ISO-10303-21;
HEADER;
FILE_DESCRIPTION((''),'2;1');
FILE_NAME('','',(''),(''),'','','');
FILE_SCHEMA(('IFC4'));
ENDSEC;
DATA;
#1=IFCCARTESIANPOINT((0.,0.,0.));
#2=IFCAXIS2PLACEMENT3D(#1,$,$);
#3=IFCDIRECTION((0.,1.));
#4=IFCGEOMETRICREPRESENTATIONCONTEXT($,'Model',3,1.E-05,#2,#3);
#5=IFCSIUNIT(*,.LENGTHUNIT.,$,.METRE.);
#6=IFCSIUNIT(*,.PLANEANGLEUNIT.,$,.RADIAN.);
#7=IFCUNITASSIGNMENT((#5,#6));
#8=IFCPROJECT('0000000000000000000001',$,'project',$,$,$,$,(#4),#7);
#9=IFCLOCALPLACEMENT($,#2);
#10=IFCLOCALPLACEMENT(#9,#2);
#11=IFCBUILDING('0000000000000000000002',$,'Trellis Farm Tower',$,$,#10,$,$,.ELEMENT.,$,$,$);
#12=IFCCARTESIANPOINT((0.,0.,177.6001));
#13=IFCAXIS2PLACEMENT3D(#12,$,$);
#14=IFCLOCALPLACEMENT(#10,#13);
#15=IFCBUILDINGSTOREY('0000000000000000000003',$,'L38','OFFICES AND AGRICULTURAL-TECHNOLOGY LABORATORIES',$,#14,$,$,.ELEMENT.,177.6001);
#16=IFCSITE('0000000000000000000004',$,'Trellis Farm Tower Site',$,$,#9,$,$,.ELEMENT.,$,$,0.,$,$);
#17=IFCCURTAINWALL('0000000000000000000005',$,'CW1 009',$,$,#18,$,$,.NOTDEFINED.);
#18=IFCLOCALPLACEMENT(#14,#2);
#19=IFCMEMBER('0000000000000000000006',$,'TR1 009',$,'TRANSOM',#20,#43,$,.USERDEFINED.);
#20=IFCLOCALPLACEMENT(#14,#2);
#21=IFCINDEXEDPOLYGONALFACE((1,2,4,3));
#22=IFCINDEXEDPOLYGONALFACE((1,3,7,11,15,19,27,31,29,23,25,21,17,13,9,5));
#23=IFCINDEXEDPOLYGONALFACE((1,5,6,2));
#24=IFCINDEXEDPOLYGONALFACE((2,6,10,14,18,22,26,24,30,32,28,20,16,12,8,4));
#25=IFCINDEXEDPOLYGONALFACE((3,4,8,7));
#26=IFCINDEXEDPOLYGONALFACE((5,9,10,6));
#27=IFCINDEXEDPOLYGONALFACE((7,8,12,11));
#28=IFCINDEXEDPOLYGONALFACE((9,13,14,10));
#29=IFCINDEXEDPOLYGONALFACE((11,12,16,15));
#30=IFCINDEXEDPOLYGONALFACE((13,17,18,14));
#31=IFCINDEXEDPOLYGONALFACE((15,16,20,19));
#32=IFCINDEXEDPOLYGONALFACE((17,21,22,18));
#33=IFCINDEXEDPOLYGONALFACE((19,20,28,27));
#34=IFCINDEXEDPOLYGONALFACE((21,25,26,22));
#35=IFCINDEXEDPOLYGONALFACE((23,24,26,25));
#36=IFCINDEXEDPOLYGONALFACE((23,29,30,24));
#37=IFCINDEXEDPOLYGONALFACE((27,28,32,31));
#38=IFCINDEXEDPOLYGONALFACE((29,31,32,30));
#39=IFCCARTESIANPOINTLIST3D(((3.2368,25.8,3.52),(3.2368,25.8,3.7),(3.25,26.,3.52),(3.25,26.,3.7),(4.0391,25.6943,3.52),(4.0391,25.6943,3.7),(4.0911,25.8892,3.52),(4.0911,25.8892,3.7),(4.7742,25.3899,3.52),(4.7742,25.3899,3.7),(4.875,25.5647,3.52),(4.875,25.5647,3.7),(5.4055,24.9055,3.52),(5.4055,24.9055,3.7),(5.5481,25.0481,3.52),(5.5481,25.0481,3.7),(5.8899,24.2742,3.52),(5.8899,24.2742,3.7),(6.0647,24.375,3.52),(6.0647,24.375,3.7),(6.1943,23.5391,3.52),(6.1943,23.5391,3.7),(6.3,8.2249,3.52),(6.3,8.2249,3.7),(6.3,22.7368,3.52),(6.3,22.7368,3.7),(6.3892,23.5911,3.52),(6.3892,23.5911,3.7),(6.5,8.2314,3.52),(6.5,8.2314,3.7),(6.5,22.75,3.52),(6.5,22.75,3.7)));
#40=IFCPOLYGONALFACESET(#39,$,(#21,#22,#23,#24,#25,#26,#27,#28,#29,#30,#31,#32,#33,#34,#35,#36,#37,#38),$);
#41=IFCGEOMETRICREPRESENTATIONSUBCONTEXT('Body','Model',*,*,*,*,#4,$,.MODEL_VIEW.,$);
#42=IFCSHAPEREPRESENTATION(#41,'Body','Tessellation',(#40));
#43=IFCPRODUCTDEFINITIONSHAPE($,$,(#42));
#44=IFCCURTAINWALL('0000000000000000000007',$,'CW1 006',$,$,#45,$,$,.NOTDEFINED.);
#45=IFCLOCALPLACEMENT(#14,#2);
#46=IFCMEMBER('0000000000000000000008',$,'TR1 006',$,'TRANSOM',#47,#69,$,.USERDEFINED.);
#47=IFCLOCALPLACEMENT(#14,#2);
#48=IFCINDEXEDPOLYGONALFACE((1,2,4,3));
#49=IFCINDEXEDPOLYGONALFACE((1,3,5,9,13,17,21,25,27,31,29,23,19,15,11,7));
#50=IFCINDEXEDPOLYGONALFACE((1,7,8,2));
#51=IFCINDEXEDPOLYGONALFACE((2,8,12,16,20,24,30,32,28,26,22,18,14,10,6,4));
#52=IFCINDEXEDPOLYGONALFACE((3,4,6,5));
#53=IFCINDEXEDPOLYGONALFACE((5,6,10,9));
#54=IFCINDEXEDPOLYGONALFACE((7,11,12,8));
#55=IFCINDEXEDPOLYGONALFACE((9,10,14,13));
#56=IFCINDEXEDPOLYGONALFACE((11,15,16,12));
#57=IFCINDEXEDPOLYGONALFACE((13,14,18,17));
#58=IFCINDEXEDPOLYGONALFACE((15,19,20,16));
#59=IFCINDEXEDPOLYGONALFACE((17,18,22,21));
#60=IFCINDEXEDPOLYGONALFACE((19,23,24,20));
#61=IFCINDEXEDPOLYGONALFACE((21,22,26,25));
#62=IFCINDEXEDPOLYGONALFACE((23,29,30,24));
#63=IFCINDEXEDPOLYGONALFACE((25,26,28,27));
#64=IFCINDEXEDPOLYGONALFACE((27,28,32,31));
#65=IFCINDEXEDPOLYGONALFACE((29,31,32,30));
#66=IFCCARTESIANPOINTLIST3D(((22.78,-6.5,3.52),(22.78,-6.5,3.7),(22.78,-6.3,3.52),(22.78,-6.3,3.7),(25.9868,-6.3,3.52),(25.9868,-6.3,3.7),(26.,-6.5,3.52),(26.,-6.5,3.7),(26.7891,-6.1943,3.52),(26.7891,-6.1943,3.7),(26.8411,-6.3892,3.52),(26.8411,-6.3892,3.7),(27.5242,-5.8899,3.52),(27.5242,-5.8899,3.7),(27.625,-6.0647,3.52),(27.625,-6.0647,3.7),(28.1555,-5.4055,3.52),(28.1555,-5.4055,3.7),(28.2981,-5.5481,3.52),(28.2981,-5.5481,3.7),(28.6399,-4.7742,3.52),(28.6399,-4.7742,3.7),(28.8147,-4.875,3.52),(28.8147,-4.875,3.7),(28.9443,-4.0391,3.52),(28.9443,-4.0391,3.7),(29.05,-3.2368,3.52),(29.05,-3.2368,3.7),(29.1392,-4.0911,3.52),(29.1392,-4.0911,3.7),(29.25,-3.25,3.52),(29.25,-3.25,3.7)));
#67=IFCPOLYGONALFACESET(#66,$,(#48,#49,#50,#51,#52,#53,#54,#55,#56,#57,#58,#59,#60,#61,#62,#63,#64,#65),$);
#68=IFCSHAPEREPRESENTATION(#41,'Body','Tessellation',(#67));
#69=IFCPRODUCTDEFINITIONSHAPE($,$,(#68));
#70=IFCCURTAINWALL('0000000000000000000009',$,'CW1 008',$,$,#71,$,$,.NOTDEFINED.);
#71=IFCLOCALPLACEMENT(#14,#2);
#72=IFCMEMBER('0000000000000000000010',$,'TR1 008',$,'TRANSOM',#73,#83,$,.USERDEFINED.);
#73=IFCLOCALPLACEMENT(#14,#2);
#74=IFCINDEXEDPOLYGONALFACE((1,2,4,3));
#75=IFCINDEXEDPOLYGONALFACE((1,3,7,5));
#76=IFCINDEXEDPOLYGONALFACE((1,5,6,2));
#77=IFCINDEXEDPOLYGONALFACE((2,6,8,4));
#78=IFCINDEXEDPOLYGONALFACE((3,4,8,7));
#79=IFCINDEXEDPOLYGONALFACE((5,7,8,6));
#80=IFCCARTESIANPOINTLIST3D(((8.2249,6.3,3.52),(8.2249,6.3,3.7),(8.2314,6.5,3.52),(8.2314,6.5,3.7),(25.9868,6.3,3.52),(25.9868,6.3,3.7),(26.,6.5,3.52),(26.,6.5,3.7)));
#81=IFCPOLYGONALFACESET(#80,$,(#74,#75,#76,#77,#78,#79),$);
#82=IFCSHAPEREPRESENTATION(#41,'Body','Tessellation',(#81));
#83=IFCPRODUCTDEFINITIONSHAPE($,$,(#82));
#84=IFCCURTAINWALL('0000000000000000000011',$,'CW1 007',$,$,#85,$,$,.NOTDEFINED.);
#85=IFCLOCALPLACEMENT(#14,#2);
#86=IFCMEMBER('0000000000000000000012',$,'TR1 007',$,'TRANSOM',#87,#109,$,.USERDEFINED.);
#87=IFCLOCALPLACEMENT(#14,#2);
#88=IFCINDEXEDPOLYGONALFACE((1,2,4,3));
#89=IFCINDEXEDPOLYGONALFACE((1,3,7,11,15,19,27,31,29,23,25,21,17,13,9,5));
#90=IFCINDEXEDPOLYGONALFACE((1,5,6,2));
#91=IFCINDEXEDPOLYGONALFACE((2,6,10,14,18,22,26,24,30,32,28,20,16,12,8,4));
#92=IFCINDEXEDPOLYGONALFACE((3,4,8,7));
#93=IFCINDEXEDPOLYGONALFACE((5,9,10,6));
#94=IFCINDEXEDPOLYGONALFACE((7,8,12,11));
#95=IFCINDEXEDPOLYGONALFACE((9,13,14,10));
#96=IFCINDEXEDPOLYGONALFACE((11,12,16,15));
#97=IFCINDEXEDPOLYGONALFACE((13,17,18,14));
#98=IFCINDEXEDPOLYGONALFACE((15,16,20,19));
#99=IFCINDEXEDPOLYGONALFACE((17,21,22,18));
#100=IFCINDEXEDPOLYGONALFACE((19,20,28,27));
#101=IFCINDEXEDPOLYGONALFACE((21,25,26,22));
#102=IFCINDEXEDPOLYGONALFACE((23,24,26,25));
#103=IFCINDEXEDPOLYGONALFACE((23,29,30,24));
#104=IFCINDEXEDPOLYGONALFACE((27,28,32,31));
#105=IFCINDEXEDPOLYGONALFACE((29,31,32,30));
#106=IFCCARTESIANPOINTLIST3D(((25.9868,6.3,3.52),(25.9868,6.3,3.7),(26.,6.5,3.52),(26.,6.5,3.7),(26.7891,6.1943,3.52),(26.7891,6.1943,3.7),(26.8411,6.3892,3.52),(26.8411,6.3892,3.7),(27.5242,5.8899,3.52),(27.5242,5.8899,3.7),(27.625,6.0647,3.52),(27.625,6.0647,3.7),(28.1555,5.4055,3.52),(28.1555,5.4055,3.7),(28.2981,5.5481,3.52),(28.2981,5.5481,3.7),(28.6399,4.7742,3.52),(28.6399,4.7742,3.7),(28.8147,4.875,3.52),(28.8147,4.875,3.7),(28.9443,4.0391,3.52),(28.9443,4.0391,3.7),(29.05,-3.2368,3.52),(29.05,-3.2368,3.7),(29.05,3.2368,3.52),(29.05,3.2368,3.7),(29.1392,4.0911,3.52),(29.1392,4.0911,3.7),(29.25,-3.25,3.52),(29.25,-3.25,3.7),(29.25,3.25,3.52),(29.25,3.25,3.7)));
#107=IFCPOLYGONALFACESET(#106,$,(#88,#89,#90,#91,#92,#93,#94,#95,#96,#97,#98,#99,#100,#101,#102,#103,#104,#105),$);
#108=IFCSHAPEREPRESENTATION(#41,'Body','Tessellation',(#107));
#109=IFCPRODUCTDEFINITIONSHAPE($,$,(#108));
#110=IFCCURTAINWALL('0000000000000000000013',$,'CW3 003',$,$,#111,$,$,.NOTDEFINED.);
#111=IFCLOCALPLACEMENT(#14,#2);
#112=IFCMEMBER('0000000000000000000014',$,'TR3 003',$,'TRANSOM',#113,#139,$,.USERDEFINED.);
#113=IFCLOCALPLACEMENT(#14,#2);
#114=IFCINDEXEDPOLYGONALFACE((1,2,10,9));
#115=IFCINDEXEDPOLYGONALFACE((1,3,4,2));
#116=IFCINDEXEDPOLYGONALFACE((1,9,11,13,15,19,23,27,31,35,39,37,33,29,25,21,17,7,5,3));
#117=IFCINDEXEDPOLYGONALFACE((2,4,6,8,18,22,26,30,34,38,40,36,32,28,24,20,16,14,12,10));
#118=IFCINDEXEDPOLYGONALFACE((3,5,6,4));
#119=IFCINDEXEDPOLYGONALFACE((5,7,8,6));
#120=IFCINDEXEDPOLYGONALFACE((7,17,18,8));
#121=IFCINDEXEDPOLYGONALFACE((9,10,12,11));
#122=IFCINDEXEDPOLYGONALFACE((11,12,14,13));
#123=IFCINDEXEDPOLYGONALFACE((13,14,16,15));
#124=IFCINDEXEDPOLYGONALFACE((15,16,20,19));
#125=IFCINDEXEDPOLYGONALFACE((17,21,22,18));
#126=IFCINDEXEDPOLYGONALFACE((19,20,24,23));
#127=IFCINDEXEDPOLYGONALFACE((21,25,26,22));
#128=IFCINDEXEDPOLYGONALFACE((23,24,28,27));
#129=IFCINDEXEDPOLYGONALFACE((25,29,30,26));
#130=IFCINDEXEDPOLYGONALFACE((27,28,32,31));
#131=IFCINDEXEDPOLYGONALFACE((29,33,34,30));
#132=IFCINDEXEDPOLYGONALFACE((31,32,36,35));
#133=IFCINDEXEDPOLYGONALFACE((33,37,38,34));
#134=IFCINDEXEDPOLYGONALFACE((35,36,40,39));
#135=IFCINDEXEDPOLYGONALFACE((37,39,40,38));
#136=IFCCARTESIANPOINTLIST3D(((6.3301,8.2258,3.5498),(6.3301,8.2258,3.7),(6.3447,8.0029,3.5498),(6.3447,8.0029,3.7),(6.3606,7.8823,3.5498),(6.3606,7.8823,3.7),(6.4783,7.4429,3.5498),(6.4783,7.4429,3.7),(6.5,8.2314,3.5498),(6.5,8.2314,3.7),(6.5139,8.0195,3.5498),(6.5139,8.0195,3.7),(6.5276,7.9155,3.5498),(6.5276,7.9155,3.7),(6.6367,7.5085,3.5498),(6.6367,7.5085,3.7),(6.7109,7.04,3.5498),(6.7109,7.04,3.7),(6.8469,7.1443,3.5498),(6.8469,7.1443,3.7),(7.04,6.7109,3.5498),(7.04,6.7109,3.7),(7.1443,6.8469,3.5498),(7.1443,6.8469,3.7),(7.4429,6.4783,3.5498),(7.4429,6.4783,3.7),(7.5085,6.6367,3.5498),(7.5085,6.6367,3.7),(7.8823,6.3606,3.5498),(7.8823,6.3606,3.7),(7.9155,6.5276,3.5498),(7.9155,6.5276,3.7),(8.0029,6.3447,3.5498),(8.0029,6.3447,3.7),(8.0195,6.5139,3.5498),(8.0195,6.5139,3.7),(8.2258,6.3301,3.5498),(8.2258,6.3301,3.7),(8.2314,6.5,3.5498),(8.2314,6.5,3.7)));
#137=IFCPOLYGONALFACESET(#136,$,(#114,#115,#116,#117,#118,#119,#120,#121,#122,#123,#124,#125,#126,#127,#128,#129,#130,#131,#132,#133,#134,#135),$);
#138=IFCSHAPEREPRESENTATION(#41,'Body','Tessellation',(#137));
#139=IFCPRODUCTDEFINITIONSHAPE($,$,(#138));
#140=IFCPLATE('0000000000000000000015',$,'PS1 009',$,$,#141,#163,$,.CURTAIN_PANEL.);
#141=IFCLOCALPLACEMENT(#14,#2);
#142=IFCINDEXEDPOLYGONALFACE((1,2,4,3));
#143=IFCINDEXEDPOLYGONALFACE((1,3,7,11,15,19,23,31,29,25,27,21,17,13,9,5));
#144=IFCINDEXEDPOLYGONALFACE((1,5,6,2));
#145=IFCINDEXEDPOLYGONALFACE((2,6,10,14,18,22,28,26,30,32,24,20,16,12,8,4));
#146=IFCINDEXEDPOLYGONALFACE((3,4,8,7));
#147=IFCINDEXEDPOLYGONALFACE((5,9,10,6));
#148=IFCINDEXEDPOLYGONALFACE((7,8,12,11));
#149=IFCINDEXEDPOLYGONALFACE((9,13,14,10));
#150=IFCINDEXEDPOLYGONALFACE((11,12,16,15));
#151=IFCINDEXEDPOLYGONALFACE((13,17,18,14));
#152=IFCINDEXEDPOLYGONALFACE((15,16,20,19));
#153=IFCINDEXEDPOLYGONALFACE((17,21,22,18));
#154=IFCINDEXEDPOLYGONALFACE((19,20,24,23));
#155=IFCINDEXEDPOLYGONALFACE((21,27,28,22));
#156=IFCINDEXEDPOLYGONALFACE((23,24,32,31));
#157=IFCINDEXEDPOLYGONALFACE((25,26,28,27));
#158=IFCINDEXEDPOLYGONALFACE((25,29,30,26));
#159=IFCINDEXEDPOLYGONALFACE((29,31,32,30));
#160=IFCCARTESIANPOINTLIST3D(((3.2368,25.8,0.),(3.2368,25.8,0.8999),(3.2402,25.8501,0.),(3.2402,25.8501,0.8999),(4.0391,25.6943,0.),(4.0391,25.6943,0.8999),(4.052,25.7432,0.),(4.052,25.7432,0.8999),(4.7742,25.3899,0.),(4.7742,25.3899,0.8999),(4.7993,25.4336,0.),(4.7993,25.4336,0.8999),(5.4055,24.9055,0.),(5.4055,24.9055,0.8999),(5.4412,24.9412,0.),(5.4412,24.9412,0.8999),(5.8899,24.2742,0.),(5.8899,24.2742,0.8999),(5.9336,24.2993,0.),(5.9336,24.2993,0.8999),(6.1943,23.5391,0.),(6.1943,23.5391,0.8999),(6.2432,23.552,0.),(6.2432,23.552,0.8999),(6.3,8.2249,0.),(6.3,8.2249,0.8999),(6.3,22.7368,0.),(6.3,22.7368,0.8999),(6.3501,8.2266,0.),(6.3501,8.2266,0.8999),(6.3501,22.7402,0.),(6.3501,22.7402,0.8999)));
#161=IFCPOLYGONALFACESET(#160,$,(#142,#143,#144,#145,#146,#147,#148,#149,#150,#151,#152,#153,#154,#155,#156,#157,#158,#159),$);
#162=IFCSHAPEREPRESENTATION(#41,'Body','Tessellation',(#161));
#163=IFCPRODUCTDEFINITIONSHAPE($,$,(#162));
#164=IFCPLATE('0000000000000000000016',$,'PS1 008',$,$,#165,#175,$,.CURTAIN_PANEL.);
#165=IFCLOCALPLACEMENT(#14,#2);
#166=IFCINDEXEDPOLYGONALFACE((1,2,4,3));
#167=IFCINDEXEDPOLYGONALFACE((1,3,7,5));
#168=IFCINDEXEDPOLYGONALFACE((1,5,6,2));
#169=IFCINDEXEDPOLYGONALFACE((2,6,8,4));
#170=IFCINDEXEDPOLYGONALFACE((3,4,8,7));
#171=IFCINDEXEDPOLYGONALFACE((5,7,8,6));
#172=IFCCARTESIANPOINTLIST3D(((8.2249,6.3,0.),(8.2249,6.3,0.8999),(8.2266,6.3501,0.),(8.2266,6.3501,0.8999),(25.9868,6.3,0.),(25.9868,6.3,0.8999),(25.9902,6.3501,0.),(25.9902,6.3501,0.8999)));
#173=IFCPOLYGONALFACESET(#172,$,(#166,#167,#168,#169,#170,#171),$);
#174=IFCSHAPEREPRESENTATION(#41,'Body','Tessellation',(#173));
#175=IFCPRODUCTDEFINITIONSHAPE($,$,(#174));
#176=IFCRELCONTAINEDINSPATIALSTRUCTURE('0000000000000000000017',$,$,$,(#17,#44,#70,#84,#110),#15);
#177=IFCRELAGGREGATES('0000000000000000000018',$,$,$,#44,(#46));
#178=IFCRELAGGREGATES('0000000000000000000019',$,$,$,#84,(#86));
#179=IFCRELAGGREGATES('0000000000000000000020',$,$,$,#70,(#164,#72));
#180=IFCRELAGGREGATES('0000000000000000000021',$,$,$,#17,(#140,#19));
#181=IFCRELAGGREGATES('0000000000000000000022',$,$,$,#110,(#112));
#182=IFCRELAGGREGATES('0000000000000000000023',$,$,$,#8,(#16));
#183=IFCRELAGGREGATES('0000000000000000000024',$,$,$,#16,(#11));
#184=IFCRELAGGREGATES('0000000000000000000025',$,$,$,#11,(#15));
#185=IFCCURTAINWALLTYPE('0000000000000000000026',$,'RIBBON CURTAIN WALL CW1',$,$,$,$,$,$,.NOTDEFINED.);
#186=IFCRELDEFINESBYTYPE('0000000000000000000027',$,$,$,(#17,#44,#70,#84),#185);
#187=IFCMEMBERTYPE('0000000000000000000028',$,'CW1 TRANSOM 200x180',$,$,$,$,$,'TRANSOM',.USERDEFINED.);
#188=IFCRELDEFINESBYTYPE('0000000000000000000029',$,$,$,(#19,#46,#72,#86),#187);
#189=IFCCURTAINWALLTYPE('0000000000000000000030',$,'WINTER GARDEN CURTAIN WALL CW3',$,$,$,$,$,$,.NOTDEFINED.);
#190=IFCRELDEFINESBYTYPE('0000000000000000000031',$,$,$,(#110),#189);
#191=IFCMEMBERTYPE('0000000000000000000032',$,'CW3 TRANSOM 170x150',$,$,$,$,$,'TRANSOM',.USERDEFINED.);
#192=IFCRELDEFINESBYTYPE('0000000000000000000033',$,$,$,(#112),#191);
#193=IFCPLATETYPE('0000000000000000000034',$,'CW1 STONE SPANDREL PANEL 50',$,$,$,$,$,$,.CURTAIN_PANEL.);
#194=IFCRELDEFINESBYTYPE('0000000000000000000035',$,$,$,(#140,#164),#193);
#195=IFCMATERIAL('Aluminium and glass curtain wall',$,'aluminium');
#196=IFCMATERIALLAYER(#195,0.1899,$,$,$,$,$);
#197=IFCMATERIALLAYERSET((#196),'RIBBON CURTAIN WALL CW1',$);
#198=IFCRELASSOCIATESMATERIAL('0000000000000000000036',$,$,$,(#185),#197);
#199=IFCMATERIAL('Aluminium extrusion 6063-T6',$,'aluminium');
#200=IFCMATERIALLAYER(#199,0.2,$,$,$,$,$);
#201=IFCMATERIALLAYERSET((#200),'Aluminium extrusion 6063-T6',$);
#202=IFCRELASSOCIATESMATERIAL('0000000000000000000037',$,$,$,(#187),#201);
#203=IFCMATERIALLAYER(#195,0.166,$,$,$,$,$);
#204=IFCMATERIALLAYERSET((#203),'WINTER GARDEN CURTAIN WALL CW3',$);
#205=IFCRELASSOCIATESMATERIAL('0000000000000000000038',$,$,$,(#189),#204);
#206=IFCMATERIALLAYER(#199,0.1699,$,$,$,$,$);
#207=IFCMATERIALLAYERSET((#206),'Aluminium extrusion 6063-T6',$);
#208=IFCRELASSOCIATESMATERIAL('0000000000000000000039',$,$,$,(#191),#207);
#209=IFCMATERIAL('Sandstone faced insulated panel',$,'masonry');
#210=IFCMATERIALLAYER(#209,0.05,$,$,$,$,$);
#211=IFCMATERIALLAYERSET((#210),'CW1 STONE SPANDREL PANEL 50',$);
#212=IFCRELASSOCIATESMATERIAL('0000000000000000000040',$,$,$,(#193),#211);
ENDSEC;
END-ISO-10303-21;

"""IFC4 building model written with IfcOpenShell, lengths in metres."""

from ifc_helpers import new_model, si_unit, direction, frame, origin, place, context, subcontext, project, spatial, polyline, outline, extrude, source, transform, mapped, material, layer, layer_set, type_object, element, aggregate, save


model = new_model("IFC4")

# Units and contexts
model_context = context("Model", 3, precision=1e-05, world=origin(), true_north=direction((0.0, 1.0)))
body_context = subcontext(model_context, "Body", "Model", "MODEL_VIEW")
ifc_project = project(units=[si_unit("LENGTHUNIT", "METRE"), si_unit("PLANEANGLEUNIT", "RADIAN")], contexts=[model_context])

# Site, building, storey
site_placement = place(None, origin())
site = spatial("IfcSite", under=ifc_project, at=site_placement, Name="Trellis Farm Tower Site", CompositionType="ELEMENT", RefElevation=0.0)
building_placement = place(site_placement, origin())
building = spatial("IfcBuilding", under=site, at=building_placement, Name="Trellis Farm Tower", CompositionType="ELEMENT")
storey_placement = place(building_placement, frame((0.0, 0.0, 177.6001)))
storey = spatial("IfcBuildingStorey", under=building, at=storey_placement, Name="L38", Description="OFFICES AND AGRICULTURAL-TECHNOLOGY LABORATORIES", CompositionType="ELEMENT", Elevation=177.6001)

# Curtain walls, members
ifc_material_1 = material(Name="Aluminium and glass curtain wall", Category="aluminium")
ifc_layer_1 = layer(ifc_material_1, 0.1899)
ifc_layer_set_1 = layer_set([ifc_layer_1], Name="RIBBON CURTAIN WALL CW1")
curtain_wall_type_1 = type_object("IfcCurtainWallType", Name="RIBBON CURTAIN WALL CW1", PredefinedType="NOTDEFINED", material=ifc_layer_set_1)
placement_1 = place(storey_placement, origin())
curtain_wall_1 = element("IfcCurtainWall", 1, at=placement_1, inside=storey, type_object=curtain_wall_type_1, Name="CW1 009", PredefinedType="NOTDEFINED")
ifc_material_2 = material(Name="Aluminium extrusion 6063-T6", Category="aluminium")
ifc_layer_2 = layer(ifc_material_2, 0.2)
ifc_layer_set_2 = layer_set([ifc_layer_2], Name="Aluminium extrusion 6063-T6")
member_type_1 = type_object("IfcMemberType", Name="CW1 TRANSOM 200x180", ElementType="TRANSOM", PredefinedType="USERDEFINED", material=ifc_layer_set_2)
shared_shape_1 = source(origin(), body_context, "Body", "SweptSolid", [
    extrude(outline(polyline([(6.5, 8.2314), (6.5, 22.75), (6.3892, 23.5911), (6.0647, 24.375), (5.5481, 25.0481), (4.875, 25.5647), (4.0911, 25.8892), (3.25, 26.0), (3.2368, 25.8), (4.0391, 25.6943), (4.7742, 25.3899), (5.4055, 24.9055), (5.8899, 24.2742), (6.1943, 23.5391), (6.3, 22.7368), (6.3, 8.2249), (6.5, 8.2314)])), origin(), (0.0, 0.0, 1.0), 0.1799),
])
placement_2 = place(storey_placement, frame((0.0, 0.0, 3.52)))
member_1 = element("IfcMember", 2, at=placement_2, type_object=member_type_1, Name="TR1 009", ObjectType="TRANSOM", PredefinedType="USERDEFINED", context=body_context, shape_type="MappedRepresentation", body=[
    mapped(shared_shape_1, transform((0.0, 0.0, 0.0))),
])
curtain_wall_2 = element("IfcCurtainWall", 3, at=placement_1, inside=storey, type_object=curtain_wall_type_1, Name="CW1 006", PredefinedType="NOTDEFINED")
shared_shape_2 = source(origin(), body_context, "Body", "SweptSolid", [
    extrude(outline(polyline([(22.78, -6.5), (26.0, -6.5), (26.8411, -6.3892), (27.625, -6.0647), (28.2981, -5.5481), (28.8147, -4.875), (29.1392, -4.0911), (29.25, -3.25), (29.05, -3.2368), (28.9443, -4.0391), (28.6399, -4.7742), (28.1555, -5.4055), (27.5242, -5.8899), (26.7891, -6.1943), (25.9868, -6.3), (22.78, -6.3), (22.78, -6.5)])), origin(), (0.0, 0.0, 1.0), 0.1799),
])
member_2 = element("IfcMember", 4, at=placement_2, type_object=member_type_1, Name="TR1 006", ObjectType="TRANSOM", PredefinedType="USERDEFINED", context=body_context, shape_type="MappedRepresentation", body=[
    mapped(shared_shape_2, transform((0.0, 0.0, 0.0))),
])
aggregate(curtain_wall_2, [member_2])
curtain_wall_3 = element("IfcCurtainWall", 5, at=placement_1, inside=storey, type_object=curtain_wall_type_1, Name="CW1 008", PredefinedType="NOTDEFINED")
shared_shape_3 = source(origin(), body_context, "Body", "SweptSolid", [
    extrude(outline(polyline([(26.0, 6.5), (8.2314, 6.5), (8.2249, 6.3), (25.9868, 6.3), (26.0, 6.5)])), origin(), (0.0, 0.0, 1.0), 0.1799),
])
member_3 = element("IfcMember", 6, at=placement_2, type_object=member_type_1, Name="TR1 008", ObjectType="TRANSOM", PredefinedType="USERDEFINED", context=body_context, shape_type="MappedRepresentation", body=[
    mapped(shared_shape_3, transform((0.0, 0.0, 0.0))),
])
curtain_wall_4 = element("IfcCurtainWall", 7, at=placement_1, inside=storey, type_object=curtain_wall_type_1, Name="CW1 007", PredefinedType="NOTDEFINED")
shared_shape_4 = source(origin(), body_context, "Body", "SweptSolid", [
    extrude(outline(polyline([(29.25, -3.25), (29.25, 3.25), (29.1392, 4.0911), (28.8147, 4.875), (28.2981, 5.5481), (27.625, 6.0647), (26.8411, 6.3892), (26.0, 6.5), (25.9868, 6.3), (26.7891, 6.1943), (27.5242, 5.8899), (28.1555, 5.4055), (28.6399, 4.7742), (28.9443, 4.0391), (29.05, 3.2368), (29.05, -3.2368), (29.25, -3.25)])), origin(), (0.0, 0.0, 1.0), 0.1799),
])
member_4 = element("IfcMember", 8, at=placement_2, type_object=member_type_1, Name="TR1 007", ObjectType="TRANSOM", PredefinedType="USERDEFINED", context=body_context, shape_type="MappedRepresentation", body=[
    mapped(shared_shape_4, transform((0.0, 0.0, 0.0))),
])
ifc_layer_3 = layer(ifc_material_1, 0.166)
ifc_layer_set_3 = layer_set([ifc_layer_3], Name="WINTER GARDEN CURTAIN WALL CW3")
curtain_wall_type_2 = type_object("IfcCurtainWallType", Name="WINTER GARDEN CURTAIN WALL CW3", PredefinedType="NOTDEFINED", material=ifc_layer_set_3)
curtain_wall_5 = element("IfcCurtainWall", 9, at=placement_1, inside=storey, type_object=curtain_wall_type_2, Name="CW3 003", PredefinedType="NOTDEFINED")
ifc_layer_4 = layer(ifc_material_2, 0.1699)
ifc_layer_set_4 = layer_set([ifc_layer_4], Name="Aluminium extrusion 6063-T6")
member_type_2 = type_object("IfcMemberType", Name="CW3 TRANSOM 170x150", ElementType="TRANSOM", PredefinedType="USERDEFINED", material=ifc_layer_set_4)
shared_shape_5 = source(origin(), body_context, "Body", "SweptSolid", [
    extrude(outline(polyline([(8.2314, 6.5), (8.0195, 6.5139), (7.9155, 6.5276), (7.5085, 6.6367), (7.1443, 6.8469), (6.8469, 7.1443), (6.6367, 7.5085), (6.5276, 7.9155), (6.5139, 8.0195), (6.5, 8.2314), (6.3301, 8.2258), (6.3447, 8.0029), (6.3606, 7.8823), (6.4783, 7.4429), (6.7109, 7.04), (7.04, 6.7109), (7.4429, 6.4783), (7.8823, 6.3606), (8.0029, 6.3447), (8.2258, 6.3301), (8.2314, 6.5)])), origin(), (0.0, 0.0, 1.0), 0.1501),
])
member_5_placement = place(storey_placement, frame((0.0, 0.0, 3.5498)))
member_5 = element("IfcMember", 10, at=member_5_placement, type_object=member_type_2, Name="TR3 003", ObjectType="TRANSOM", PredefinedType="USERDEFINED", context=body_context, shape_type="MappedRepresentation", body=[
    mapped(shared_shape_5, transform((0.0, 0.0, 0.0))),
])

# Plates
ifc_material_3 = material(Name="Sandstone faced insulated panel", Category="masonry")
ifc_layer_5 = layer(ifc_material_3, 0.05)
ifc_layer_set_5 = layer_set([ifc_layer_5], Name="CW1 STONE SPANDREL PANEL 50")
plate_type_1 = type_object("IfcPlateType", Name="CW1 STONE SPANDREL PANEL 50", PredefinedType="CURTAIN_PANEL", material=ifc_layer_set_5)
shared_shape_6 = source(origin(), body_context, "Body", "SweptSolid", [
    extrude(outline(polyline([(6.3501, 8.2266), (6.3501, 22.7402), (6.2432, 23.552), (5.9336, 24.2993), (5.4412, 24.9412), (4.7993, 25.4336), (4.052, 25.7432), (3.2402, 25.8501), (3.2368, 25.8), (4.0391, 25.6943), (4.7742, 25.3899), (5.4055, 24.9055), (5.8899, 24.2742), (6.1943, 23.5391), (6.3, 22.7368), (6.3, 8.2249), (6.3501, 8.2266)])), origin(), (0.0, 0.0, 1.0), 0.8999),
])
plate_1 = element("IfcPlate", 11, at=placement_1, type_object=plate_type_1, Name="PS1 009", PredefinedType="CURTAIN_PANEL", context=body_context, shape_type="MappedRepresentation", body=[
    mapped(shared_shape_6, transform((0.0, 0.0, 0.0))),
])
shared_shape_7 = source(origin(), body_context, "Body", "SweptSolid", [
    extrude(outline(polyline([(25.9902, 6.3501), (8.2266, 6.3501), (8.2249, 6.3), (25.9868, 6.3), (25.9902, 6.3501)])), origin(), (0.0, 0.0, 1.0), 0.8999),
])
plate_2 = element("IfcPlate", 12, at=placement_1, type_object=plate_type_1, Name="PS1 008", PredefinedType="CURTAIN_PANEL", context=body_context, shape_type="MappedRepresentation", body=[
    mapped(shared_shape_7, transform((0.0, 0.0, 0.0))),
])
aggregate(curtain_wall_4, [member_4])
aggregate(curtain_wall_3, [plate_2, member_3])
aggregate(curtain_wall_1, [plate_1, member_1])

aggregate(curtain_wall_5, [member_5])

save(model, "model.ifc")
